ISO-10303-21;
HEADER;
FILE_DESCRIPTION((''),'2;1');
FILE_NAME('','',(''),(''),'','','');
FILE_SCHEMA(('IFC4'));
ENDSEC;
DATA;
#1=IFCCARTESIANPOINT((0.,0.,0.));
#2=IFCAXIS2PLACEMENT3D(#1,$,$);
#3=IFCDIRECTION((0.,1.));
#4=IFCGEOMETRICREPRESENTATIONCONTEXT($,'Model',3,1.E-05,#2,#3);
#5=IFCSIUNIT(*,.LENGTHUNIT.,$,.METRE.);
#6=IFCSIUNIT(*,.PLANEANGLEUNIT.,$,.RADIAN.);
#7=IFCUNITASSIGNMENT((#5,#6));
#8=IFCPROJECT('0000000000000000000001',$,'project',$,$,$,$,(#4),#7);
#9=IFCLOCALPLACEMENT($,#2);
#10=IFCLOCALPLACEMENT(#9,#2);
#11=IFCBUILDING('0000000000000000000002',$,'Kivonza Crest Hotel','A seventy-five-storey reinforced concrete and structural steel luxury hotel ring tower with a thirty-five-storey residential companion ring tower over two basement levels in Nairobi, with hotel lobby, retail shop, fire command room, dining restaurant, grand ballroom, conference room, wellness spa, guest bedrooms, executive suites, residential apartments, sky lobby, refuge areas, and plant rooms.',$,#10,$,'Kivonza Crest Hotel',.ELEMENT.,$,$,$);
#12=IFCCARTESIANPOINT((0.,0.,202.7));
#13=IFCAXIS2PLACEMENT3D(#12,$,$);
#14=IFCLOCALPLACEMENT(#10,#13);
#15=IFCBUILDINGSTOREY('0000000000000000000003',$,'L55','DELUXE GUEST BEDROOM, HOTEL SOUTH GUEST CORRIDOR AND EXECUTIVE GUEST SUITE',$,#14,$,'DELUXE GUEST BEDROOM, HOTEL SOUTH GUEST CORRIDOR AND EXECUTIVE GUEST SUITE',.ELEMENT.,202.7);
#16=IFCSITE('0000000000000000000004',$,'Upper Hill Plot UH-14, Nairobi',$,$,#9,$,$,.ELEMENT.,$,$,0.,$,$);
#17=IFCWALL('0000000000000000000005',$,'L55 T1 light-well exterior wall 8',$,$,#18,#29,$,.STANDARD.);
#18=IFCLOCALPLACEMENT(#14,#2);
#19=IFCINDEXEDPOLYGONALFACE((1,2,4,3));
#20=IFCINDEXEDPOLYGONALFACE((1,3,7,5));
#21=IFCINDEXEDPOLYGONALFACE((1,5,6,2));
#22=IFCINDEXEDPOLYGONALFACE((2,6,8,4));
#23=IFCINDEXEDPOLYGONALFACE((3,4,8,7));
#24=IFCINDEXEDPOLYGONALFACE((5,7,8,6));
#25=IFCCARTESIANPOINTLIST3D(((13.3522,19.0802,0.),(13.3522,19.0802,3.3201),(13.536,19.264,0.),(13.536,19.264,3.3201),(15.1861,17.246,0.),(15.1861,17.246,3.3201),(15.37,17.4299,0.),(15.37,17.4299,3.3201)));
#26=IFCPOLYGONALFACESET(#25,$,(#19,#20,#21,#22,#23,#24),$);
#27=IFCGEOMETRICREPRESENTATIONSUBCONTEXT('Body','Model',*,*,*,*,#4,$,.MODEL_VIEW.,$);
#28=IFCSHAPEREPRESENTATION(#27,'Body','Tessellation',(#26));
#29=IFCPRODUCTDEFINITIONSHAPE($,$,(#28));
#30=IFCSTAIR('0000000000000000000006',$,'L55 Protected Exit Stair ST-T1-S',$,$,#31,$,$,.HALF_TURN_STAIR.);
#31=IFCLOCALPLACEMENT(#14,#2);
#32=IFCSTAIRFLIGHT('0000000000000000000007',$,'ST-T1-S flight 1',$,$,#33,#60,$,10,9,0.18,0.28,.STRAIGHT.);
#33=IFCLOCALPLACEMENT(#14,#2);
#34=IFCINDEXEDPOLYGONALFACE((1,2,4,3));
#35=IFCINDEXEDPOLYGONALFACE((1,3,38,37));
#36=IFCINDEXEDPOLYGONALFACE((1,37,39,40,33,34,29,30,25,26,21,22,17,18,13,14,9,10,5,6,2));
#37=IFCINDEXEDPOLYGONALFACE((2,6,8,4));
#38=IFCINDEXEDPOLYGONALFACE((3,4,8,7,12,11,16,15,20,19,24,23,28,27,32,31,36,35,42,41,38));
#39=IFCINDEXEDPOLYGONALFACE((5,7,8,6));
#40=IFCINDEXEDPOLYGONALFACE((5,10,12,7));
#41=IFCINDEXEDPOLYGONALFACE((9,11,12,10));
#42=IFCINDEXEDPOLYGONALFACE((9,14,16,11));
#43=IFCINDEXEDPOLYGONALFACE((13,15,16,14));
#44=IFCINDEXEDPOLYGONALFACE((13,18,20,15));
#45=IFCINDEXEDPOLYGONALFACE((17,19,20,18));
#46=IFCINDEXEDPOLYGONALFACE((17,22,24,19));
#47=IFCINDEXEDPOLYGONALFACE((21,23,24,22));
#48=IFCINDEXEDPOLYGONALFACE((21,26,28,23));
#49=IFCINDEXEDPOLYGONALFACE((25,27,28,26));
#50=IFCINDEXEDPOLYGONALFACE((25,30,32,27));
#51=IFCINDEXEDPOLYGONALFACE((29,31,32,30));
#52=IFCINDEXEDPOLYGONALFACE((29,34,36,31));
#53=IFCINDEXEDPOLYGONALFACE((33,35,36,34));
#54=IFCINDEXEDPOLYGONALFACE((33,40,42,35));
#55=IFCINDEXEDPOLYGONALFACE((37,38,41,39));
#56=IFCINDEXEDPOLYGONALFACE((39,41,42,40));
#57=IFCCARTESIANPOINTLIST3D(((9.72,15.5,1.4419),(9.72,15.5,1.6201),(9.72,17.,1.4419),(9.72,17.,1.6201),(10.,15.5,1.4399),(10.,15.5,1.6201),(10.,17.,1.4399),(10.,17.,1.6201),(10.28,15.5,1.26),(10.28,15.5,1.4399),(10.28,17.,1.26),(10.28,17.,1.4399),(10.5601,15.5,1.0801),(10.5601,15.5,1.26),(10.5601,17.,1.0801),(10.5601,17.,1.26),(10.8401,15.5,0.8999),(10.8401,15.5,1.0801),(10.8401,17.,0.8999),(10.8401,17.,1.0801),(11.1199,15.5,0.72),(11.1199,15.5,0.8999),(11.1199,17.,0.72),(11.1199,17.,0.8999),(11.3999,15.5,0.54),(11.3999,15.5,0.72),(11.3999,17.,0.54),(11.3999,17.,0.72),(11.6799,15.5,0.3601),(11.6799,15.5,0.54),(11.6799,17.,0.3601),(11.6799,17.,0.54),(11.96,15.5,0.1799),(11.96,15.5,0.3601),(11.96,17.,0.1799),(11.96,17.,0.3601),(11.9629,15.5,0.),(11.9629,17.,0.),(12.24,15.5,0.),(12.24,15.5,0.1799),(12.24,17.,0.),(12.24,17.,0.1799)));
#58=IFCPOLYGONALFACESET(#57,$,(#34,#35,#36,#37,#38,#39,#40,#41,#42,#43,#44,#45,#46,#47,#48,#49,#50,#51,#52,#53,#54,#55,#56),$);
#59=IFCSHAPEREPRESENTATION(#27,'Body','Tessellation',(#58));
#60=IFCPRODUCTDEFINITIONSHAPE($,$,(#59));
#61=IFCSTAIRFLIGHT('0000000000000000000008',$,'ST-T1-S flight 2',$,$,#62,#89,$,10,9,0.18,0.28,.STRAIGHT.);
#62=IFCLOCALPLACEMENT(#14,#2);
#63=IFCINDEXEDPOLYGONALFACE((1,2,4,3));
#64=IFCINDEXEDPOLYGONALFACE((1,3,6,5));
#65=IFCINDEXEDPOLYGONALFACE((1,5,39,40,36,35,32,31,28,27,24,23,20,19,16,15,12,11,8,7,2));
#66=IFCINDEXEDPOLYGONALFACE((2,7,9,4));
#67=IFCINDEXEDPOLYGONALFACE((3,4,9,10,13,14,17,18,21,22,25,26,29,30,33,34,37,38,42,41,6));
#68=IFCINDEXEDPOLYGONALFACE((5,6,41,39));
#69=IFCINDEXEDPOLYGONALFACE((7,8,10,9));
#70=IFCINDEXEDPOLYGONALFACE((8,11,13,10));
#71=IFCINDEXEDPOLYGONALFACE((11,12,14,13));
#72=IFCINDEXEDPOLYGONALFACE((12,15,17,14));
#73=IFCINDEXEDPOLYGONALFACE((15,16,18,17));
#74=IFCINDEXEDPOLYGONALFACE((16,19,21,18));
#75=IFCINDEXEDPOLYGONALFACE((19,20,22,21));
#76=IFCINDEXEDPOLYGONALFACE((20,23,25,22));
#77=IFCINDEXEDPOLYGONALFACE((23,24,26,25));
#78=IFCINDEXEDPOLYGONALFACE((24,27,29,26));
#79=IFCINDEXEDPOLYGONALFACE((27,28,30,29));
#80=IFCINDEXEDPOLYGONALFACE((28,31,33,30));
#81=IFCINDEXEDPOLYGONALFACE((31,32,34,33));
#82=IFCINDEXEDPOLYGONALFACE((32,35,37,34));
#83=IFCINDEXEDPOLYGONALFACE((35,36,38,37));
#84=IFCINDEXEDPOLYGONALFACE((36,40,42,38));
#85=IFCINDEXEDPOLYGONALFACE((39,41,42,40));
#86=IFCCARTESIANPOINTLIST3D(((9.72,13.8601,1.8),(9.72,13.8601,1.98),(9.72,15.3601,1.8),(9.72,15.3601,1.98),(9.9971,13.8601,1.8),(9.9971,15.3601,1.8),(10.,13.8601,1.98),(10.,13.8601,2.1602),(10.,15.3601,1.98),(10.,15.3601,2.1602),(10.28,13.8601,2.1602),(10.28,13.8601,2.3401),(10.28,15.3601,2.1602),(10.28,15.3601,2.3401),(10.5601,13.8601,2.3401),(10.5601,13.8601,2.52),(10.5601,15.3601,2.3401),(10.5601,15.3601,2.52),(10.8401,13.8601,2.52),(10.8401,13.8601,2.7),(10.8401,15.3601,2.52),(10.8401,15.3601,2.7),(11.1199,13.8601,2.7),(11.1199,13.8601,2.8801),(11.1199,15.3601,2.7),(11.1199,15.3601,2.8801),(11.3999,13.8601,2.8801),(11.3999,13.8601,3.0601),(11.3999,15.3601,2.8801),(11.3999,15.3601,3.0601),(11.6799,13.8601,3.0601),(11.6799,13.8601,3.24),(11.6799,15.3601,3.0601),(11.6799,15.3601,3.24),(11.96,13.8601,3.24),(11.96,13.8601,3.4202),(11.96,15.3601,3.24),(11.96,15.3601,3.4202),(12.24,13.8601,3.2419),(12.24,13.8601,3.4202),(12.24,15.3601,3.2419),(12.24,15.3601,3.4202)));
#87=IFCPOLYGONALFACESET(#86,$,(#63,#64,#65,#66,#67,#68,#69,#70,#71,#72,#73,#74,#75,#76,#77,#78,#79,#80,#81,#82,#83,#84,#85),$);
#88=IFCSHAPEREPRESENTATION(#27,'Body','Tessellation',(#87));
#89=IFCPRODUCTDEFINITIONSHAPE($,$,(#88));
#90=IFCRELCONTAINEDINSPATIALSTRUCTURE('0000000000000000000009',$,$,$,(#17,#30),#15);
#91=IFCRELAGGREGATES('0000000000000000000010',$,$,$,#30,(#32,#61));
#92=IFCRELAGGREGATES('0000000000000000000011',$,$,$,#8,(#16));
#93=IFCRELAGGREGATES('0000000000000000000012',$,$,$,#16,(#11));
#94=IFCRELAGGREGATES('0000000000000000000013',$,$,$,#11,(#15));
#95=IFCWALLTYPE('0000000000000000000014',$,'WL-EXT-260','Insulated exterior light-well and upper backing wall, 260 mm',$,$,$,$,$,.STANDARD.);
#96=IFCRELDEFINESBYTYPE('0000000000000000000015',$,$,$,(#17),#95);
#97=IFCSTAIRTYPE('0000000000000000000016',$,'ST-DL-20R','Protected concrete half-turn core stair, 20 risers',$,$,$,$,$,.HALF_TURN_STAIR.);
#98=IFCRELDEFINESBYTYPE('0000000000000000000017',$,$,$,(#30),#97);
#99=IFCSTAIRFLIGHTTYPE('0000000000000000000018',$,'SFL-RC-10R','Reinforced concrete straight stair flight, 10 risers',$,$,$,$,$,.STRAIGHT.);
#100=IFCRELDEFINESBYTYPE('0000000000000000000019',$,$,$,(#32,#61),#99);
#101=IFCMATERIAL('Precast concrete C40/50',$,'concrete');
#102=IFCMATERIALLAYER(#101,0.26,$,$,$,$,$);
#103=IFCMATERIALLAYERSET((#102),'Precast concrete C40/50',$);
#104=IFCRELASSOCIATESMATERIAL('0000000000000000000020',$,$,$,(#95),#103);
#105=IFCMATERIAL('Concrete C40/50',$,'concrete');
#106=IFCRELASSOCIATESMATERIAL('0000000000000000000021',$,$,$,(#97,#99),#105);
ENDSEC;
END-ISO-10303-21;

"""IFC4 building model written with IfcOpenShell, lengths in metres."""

from ifc_helpers import new_model, si_unit, direction, frame, frame_2d, origin, place, context, subcontext, project, spatial, polyline, rectangle, outline, extrude, material, layer, layer_set, type_object, element, aggregate, save


model = new_model("IFC4")

# Units and contexts
model_context = context("Model", 3, precision=1e-05, world=origin(), true_north=direction((0.0, 1.0)))
body_context = subcontext(model_context, "Body", "Model", "MODEL_VIEW")
ifc_project = project(units=[si_unit("LENGTHUNIT", "METRE"), si_unit("PLANEANGLEUNIT", "RADIAN")], contexts=[model_context])

# Site, building, storey
site_placement = place(None, origin())
site = spatial("IfcSite", under=ifc_project, at=site_placement, Name="Upper Hill Plot UH-14, Nairobi", CompositionType="ELEMENT", RefElevation=0.0)
building_placement = place(site_placement, origin())
building = spatial("IfcBuilding", under=site, at=building_placement, Name="Kivonza Crest Hotel", Description="A seventy-five-storey reinforced concrete and structural steel luxury hotel ring tower with a thirty-five-storey residential companion ring tower over two basement levels in Nairobi, with hotel lobby, retail shop, fire command room, dining restaurant, grand ballroom, conference room, wellness spa, guest bedrooms, executive suites, residential apartments, sky lobby, refuge areas, and plant rooms.", LongName="Kivonza Crest Hotel", CompositionType="ELEMENT")
storey_placement = place(building_placement, frame((0.0, 0.0, 202.7)))
storey = spatial("IfcBuildingStorey", under=building, at=storey_placement, Name="L55", Description="DELUXE GUEST BEDROOM, HOTEL SOUTH GUEST CORRIDOR AND EXECUTIVE GUEST SUITE", LongName="DELUXE GUEST BEDROOM, HOTEL SOUTH GUEST CORRIDOR AND EXECUTIVE GUEST SUITE", CompositionType="ELEMENT", Elevation=202.7)

# Wall
ifc_material_1 = material(Name="Precast concrete C40/50", Category="concrete")
ifc_layer_1 = layer(ifc_material_1, 0.26)
ifc_layer_set_1 = layer_set([ifc_layer_1], Name="Precast concrete C40/50")
wall_type_1 = type_object("IfcWallType", Name="WL-EXT-260", Description="Insulated exterior light-well and upper backing wall, 260 mm", PredefinedType="STANDARD", material=ifc_layer_set_1)
wall_1_placement = place(storey_placement, frame((13.4441, 19.1721, 0.0), z_axis=(0.0, 0.0, 1.0), x_axis=(0.70706, -0.707154, 0.0)))
element("IfcWall", 1, at=wall_1_placement, inside=storey, type_object=wall_type_1, Name="L55 T1 light-well exterior wall 8", PredefinedType="STANDARD", context=body_context, shape_type="SweptSolid", body=[
    extrude(rectangle(XDim=2.5938, YDim=0.26, at=frame_2d((1.2969, 0.0))), origin(), (0.0, 0.0, 1.0), 3.3201),
])

# Stair, stair flights
ifc_material_2 = material(Name="Concrete C40/50", Category="concrete")
stair_type = type_object("IfcStairType", Name="ST-DL-20R", Description="Protected concrete half-turn core stair, 20 risers", PredefinedType="HALF_TURN_STAIR", material=ifc_material_2)
stair_placement = place(storey_placement, origin())
stair = element("IfcStair", 2, at=stair_placement, inside=storey, type_object=stair_type, Name="L55 Protected Exit Stair ST-T1-S", PredefinedType="HALF_TURN_STAIR")
stair_flight_type = type_object("IfcStairFlightType", Name="SFL-RC-10R", Description="Reinforced concrete straight stair flight, 10 risers", PredefinedType="STRAIGHT", material=ifc_material_2)
stair_flight_1_placement = place(storey_placement, frame((12.24, 16.25, 0.0), z_axis=(0.0, 0.0, 1.0), x_axis=(-1.0, 0.0, 0.0)))
stair_flight_1 = element("IfcStairFlight", 3, at=stair_flight_1_placement, type_object=stair_flight_type, Name="ST-T1-S flight 1", NumberOfRisers=10, NumberOfTreads=9, PredefinedType="STRAIGHT", RiserHeight=0.18, TreadLength=0.28, context=body_context, shape_type="SweptSolid", body=[
    extrude(outline(polyline([(0.0, 0.0), (0.0, 0.1799), (0.28, 0.1799), (0.28, 0.3601), (0.5601, 0.3601), (0.5601, 0.54), (0.8401, 0.54), (0.8401, 0.72), (1.1201, 0.72), (1.1201, 0.8999), (1.3999, 0.8999), (1.3999, 1.0801), (1.6799, 1.0801), (1.6799, 1.26), (1.96, 1.26), (1.96, 1.4399), (2.24, 1.4399), (2.24, 1.6201), (2.52, 1.6201), (2.52, 1.8), (2.52, 1.4419), (0.2771, 0.0), (0.0, 0.0)])), frame((0.0, 0.75, 0.0), z_axis=(0.0, -1.0, 0.0), x_axis=(1.0, 0.0, 0.0)), (0.0, 0.0, 1.0), 1.5),
])
stair_flight_2_placement = place(storey_placement, frame((9.72, 14.6101, 1.8), z_axis=(0.0, 0.0, 1.0), x_axis=(1.0, 0.0, 0.0)))
stair_flight_2 = element("IfcStairFlight", 4, at=stair_flight_2_placement, type_object=stair_flight_type, Name="ST-T1-S flight 2", NumberOfRisers=10, NumberOfTreads=9, PredefinedType="STRAIGHT", RiserHeight=0.18, TreadLength=0.28, context=body_context, shape_type="SweptSolid", body=[
    extrude(outline(polyline([(0.0, 0.0), (0.0, 0.1799), (0.28, 0.1799), (0.28, 0.3601), (0.5601, 0.3601), (0.5601, 0.54), (0.8401, 0.54), (0.8401, 0.72), (1.1201, 0.72), (1.1201, 0.8999), (1.3999, 0.8999), (1.3999, 1.0801), (1.6799, 1.0801), (1.6799, 1.26), (1.96, 1.26), (1.96, 1.4399), (2.24, 1.4399), (2.24, 1.6201), (2.52, 1.6201), (2.52, 1.8), (2.52, 1.4419), (0.2771, 0.0), (0.0, 0.0)])), frame((0.0, 0.75, 0.0), z_axis=(0.0, -1.0, 0.0), x_axis=(1.0, 0.0, 0.0)), (0.0, 0.0, 1.0), 1.5),
])
aggregate(stair, [stair_flight_1, stair_flight_2])

save(model, "model.ifc")
